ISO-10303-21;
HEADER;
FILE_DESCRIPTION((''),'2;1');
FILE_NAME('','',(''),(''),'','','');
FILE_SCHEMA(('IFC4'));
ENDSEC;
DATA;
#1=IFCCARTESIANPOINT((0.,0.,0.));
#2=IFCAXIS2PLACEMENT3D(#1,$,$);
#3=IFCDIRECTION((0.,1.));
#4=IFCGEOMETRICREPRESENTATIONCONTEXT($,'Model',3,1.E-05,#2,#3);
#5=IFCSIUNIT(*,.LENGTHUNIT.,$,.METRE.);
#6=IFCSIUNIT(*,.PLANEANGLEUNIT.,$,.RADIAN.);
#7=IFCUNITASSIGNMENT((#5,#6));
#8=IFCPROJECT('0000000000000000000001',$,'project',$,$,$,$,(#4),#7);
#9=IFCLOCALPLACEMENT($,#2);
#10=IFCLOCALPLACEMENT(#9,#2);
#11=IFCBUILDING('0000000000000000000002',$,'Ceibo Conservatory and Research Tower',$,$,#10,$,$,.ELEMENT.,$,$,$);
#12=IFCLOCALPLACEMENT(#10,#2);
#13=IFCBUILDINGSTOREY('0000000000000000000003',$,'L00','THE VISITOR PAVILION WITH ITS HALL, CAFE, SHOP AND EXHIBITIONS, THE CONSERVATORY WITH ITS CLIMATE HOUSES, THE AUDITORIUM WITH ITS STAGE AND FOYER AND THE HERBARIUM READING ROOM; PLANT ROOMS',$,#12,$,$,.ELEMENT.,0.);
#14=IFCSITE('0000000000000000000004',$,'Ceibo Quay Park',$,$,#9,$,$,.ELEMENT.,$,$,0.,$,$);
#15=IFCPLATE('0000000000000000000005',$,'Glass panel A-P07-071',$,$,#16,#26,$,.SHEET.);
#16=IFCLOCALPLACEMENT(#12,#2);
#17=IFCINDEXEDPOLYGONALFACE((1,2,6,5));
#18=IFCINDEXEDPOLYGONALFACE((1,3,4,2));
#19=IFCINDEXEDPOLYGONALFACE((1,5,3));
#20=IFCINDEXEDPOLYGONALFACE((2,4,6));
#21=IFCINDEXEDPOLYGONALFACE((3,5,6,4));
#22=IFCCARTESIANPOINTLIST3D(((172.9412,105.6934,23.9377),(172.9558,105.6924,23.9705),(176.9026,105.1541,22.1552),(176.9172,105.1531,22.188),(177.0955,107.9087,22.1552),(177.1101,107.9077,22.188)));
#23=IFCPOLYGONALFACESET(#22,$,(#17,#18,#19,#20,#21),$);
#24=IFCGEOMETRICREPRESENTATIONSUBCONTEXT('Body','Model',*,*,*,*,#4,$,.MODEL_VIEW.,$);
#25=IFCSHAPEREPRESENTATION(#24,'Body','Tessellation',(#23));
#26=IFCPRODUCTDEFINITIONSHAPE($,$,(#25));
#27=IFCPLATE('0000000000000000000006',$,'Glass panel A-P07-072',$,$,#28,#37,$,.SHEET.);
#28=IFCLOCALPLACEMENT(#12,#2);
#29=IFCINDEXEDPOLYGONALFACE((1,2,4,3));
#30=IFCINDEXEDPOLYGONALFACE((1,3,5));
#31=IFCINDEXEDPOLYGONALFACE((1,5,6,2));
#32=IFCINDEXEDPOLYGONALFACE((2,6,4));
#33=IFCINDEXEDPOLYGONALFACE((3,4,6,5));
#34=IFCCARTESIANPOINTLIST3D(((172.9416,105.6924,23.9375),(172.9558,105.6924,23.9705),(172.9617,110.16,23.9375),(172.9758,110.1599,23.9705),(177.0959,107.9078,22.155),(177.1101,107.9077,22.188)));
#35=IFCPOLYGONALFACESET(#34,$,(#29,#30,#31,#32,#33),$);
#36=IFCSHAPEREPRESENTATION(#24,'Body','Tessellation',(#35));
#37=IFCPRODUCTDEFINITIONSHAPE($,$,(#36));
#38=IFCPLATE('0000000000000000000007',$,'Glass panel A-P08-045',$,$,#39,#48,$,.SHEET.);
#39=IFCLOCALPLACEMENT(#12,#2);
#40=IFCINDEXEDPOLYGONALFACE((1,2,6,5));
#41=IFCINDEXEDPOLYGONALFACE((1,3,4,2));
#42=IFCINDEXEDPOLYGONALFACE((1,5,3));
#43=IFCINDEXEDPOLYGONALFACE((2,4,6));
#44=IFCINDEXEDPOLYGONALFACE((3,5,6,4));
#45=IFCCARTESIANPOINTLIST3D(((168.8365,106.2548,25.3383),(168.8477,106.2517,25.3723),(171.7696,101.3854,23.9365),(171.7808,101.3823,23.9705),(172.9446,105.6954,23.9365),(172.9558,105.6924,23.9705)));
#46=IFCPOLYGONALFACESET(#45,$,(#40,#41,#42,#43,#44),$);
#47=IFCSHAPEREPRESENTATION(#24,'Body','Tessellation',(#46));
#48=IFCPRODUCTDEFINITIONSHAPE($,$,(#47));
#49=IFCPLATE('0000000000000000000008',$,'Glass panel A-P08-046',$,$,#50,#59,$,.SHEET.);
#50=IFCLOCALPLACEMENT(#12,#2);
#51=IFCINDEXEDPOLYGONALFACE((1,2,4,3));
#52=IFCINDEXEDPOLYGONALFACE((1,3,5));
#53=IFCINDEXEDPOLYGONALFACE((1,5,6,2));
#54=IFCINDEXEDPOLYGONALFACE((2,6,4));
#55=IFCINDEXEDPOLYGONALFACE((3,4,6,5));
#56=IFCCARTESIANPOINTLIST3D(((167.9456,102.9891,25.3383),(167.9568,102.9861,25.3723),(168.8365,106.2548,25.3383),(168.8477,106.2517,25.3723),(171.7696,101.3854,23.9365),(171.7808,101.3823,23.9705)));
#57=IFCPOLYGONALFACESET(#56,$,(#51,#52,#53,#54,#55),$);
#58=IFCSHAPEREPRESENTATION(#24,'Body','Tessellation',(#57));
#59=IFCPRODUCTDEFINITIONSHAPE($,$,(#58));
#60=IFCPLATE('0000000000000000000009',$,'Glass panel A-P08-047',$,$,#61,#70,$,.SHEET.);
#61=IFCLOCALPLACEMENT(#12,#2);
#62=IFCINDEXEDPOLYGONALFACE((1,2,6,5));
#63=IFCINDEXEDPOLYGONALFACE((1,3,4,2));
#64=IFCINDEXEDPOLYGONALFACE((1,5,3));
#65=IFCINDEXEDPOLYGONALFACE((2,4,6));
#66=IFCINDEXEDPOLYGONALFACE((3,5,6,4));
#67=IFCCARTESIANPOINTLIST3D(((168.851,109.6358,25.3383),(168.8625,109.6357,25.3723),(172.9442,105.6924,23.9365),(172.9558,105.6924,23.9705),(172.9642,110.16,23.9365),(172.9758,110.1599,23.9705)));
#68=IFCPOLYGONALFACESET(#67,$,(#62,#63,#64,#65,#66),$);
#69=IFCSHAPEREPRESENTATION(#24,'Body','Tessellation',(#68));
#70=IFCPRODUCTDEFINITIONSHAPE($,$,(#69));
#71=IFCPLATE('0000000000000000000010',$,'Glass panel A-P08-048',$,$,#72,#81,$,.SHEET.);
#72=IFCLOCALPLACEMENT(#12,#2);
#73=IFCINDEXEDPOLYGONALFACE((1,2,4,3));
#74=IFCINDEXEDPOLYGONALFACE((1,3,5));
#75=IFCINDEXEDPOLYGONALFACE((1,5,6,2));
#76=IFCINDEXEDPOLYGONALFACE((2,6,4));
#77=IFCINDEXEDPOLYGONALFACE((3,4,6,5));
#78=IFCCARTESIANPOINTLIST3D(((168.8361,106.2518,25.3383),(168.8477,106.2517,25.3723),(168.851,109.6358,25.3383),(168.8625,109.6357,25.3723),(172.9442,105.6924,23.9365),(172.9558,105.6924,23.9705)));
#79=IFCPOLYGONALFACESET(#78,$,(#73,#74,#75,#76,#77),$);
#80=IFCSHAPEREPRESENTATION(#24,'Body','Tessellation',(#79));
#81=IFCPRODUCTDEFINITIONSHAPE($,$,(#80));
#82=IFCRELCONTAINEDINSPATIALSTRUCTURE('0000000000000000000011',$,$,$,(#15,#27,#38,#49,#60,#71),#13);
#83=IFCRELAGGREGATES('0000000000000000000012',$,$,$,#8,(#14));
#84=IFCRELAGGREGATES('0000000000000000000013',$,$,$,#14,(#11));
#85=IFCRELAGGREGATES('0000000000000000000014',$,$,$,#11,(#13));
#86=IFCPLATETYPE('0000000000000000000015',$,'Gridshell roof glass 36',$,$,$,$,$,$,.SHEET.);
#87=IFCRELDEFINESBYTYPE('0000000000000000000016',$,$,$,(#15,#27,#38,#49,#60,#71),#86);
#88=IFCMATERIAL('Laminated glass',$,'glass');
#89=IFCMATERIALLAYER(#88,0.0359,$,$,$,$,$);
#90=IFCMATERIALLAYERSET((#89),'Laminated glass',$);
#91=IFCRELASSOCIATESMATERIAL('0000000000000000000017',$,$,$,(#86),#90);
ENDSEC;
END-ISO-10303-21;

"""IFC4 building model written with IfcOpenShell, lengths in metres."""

from ifc_helpers import new_model, si_unit, direction, frame, origin, place, context, subcontext, project, spatial, polyline, outline, extrude, material, layer, layer_set, type_object, element, save


model = new_model("IFC4")

# Units and contexts
model_context = context("Model", 3, precision=1e-05, world=origin(), true_north=direction((0.0, 1.0)))
body_context = subcontext(model_context, "Body", "Model", "MODEL_VIEW")
ifc_project = project(units=[si_unit("LENGTHUNIT", "METRE"), si_unit("PLANEANGLEUNIT", "RADIAN")], contexts=[model_context])

# Site, building, storey
site_placement = place(None, origin())
site = spatial("IfcSite", under=ifc_project, at=site_placement, Name="Ceibo Quay Park", CompositionType="ELEMENT", RefElevation=0.0)
building_placement = place(site_placement, origin())
building = spatial("IfcBuilding", under=site, at=building_placement, Name="Ceibo Conservatory and Research Tower", CompositionType="ELEMENT")
storey_placement = place(building_placement, origin())
storey = spatial("IfcBuildingStorey", under=building, at=storey_placement, Name="L00", Description="THE VISITOR PAVILION WITH ITS HALL, CAFE, SHOP AND EXHIBITIONS, THE CONSERVATORY WITH ITS CLIMATE HOUSES, THE AUDITORIUM WITH ITS STAGE AND FOYER AND THE HERBARIUM READING ROOM; PLANT ROOMS", CompositionType="ELEMENT", Elevation=0.0)

# Plates
ifc_material_1 = material(Name="Laminated glass", Category="glass")
ifc_layer = layer(ifc_material_1, 0.0359)
ifc_layer_set = layer_set([ifc_layer], Name="Laminated glass")
plate_type = type_object("IfcPlateType", Name="Gridshell roof glass 36", PredefinedType="SHEET", material=ifc_layer_set)
plate_1_placement = place(storey_placement, frame((172.9558, 105.6924, 23.9705), z_axis=(0.406937, -0.028492, 0.913012), x_axis=(0.904988, -0.123205, -0.407206)))
element("IfcPlate", 1, at=plate_1_placement, inside=storey, type_object=plate_type, Name="Glass panel A-P07-071", PredefinedType="SHEET", context=body_context, shape_type="SweptSolid", body=[
    extrude(outline(polyline([(0.0, 0.0), (4.3773, 0.0), (4.2125, 2.7565), (0.0, 0.0)])), origin(), (0.0, 0.0, -1.0), 0.0359),
])
plate_2_placement = place(storey_placement, frame((172.9558, 105.6924, 23.9705), z_axis=(0.3951, -0.00177, 0.918636), x_axis=(0.825216, 0.440057, -0.354073)))
element("IfcPlate", 2, at=plate_2_placement, inside=storey, type_object=plate_type, Name="Glass panel A-P07-072", PredefinedType="SHEET", context=body_context, shape_type="SweptSolid", body=[
    extrude(outline(polyline([(0.0, 0.0), (5.0342, 0.0), (1.9825, 4.0036), (0.0, 0.0)])), origin(), (0.0, 0.0, -1.0), 0.0359),
])
plate_3_placement = place(storey_placement, frame((171.7808, 101.3823, 23.9705), z_axis=(0.311413, -0.0849, 0.946474), x_axis=(0.26303, 0.964788, 0.0)))
element("IfcPlate", 3, at=plate_3_placement, inside=storey, type_object=plate_type, Name="Glass panel A-P08-045", PredefinedType="SHEET", context=body_context, shape_type="SweptSolid", body=[
    extrude(outline(polyline([(0.0, 0.0), (4.4674, 0.0), (3.9264, 4.3431), (0.0, 0.0)])), origin(), (0.0, 0.0, -1.0), 0.0359),
])
plate_4_placement = place(storey_placement, frame((171.7808, 101.3823, 23.9705), z_axis=(0.311357, -0.084939, 0.94649), x_axis=(-0.500971, 0.831685, 0.239435)))
element("IfcPlate", 4, at=plate_4_placement, inside=storey, type_object=plate_type, Name="Glass panel A-P08-046", PredefinedType="SHEET", context=body_context, shape_type="SweptSolid", body=[
    extrude(outline(polyline([(0.0, 0.0), (5.8548, 0.0), (3.5852, 2.5113), (0.0, 0.0)])), origin(), (0.0, 0.0, -1.0), 0.0359),
])
plate_5_placement = place(storey_placement, frame((172.9558, 105.6924, 23.9705), z_axis=(0.322756, -0.001446, 0.946481), x_axis=(0.004481, 0.99999, 0.0)))
element("IfcPlate", 5, at=plate_5_placement, inside=storey, type_object=plate_type, Name="Glass panel A-P08-047", PredefinedType="SHEET", context=body_context, shape_type="SweptSolid", body=[
    extrude(outline(polyline([(0.0, 0.0), (4.4676, 0.0), (3.925, 4.3433), (0.0, 0.0)])), origin(), (0.0, 0.0, -1.0), 0.0359),
])
plate_6_placement = place(storey_placement, frame((172.9558, 105.6924, 23.9705), z_axis=(0.322779, -0.00142, 0.946473), x_axis=(-0.699217, 0.67361, 0.239467)))
element("IfcPlate", 6, at=plate_6_placement, inside=storey, type_object=plate_type, Name="Glass panel A-P08-048", PredefinedType="SHEET", context=body_context, shape_type="SweptSolid", body=[
    extrude(outline(polyline([(0.0, 0.0), (5.8541, 0.0), (3.585, 2.5106), (0.0, 0.0)])), origin(), (0.0, 0.0, -1.0), 0.0359),
])

save(model, "model.ifc")
